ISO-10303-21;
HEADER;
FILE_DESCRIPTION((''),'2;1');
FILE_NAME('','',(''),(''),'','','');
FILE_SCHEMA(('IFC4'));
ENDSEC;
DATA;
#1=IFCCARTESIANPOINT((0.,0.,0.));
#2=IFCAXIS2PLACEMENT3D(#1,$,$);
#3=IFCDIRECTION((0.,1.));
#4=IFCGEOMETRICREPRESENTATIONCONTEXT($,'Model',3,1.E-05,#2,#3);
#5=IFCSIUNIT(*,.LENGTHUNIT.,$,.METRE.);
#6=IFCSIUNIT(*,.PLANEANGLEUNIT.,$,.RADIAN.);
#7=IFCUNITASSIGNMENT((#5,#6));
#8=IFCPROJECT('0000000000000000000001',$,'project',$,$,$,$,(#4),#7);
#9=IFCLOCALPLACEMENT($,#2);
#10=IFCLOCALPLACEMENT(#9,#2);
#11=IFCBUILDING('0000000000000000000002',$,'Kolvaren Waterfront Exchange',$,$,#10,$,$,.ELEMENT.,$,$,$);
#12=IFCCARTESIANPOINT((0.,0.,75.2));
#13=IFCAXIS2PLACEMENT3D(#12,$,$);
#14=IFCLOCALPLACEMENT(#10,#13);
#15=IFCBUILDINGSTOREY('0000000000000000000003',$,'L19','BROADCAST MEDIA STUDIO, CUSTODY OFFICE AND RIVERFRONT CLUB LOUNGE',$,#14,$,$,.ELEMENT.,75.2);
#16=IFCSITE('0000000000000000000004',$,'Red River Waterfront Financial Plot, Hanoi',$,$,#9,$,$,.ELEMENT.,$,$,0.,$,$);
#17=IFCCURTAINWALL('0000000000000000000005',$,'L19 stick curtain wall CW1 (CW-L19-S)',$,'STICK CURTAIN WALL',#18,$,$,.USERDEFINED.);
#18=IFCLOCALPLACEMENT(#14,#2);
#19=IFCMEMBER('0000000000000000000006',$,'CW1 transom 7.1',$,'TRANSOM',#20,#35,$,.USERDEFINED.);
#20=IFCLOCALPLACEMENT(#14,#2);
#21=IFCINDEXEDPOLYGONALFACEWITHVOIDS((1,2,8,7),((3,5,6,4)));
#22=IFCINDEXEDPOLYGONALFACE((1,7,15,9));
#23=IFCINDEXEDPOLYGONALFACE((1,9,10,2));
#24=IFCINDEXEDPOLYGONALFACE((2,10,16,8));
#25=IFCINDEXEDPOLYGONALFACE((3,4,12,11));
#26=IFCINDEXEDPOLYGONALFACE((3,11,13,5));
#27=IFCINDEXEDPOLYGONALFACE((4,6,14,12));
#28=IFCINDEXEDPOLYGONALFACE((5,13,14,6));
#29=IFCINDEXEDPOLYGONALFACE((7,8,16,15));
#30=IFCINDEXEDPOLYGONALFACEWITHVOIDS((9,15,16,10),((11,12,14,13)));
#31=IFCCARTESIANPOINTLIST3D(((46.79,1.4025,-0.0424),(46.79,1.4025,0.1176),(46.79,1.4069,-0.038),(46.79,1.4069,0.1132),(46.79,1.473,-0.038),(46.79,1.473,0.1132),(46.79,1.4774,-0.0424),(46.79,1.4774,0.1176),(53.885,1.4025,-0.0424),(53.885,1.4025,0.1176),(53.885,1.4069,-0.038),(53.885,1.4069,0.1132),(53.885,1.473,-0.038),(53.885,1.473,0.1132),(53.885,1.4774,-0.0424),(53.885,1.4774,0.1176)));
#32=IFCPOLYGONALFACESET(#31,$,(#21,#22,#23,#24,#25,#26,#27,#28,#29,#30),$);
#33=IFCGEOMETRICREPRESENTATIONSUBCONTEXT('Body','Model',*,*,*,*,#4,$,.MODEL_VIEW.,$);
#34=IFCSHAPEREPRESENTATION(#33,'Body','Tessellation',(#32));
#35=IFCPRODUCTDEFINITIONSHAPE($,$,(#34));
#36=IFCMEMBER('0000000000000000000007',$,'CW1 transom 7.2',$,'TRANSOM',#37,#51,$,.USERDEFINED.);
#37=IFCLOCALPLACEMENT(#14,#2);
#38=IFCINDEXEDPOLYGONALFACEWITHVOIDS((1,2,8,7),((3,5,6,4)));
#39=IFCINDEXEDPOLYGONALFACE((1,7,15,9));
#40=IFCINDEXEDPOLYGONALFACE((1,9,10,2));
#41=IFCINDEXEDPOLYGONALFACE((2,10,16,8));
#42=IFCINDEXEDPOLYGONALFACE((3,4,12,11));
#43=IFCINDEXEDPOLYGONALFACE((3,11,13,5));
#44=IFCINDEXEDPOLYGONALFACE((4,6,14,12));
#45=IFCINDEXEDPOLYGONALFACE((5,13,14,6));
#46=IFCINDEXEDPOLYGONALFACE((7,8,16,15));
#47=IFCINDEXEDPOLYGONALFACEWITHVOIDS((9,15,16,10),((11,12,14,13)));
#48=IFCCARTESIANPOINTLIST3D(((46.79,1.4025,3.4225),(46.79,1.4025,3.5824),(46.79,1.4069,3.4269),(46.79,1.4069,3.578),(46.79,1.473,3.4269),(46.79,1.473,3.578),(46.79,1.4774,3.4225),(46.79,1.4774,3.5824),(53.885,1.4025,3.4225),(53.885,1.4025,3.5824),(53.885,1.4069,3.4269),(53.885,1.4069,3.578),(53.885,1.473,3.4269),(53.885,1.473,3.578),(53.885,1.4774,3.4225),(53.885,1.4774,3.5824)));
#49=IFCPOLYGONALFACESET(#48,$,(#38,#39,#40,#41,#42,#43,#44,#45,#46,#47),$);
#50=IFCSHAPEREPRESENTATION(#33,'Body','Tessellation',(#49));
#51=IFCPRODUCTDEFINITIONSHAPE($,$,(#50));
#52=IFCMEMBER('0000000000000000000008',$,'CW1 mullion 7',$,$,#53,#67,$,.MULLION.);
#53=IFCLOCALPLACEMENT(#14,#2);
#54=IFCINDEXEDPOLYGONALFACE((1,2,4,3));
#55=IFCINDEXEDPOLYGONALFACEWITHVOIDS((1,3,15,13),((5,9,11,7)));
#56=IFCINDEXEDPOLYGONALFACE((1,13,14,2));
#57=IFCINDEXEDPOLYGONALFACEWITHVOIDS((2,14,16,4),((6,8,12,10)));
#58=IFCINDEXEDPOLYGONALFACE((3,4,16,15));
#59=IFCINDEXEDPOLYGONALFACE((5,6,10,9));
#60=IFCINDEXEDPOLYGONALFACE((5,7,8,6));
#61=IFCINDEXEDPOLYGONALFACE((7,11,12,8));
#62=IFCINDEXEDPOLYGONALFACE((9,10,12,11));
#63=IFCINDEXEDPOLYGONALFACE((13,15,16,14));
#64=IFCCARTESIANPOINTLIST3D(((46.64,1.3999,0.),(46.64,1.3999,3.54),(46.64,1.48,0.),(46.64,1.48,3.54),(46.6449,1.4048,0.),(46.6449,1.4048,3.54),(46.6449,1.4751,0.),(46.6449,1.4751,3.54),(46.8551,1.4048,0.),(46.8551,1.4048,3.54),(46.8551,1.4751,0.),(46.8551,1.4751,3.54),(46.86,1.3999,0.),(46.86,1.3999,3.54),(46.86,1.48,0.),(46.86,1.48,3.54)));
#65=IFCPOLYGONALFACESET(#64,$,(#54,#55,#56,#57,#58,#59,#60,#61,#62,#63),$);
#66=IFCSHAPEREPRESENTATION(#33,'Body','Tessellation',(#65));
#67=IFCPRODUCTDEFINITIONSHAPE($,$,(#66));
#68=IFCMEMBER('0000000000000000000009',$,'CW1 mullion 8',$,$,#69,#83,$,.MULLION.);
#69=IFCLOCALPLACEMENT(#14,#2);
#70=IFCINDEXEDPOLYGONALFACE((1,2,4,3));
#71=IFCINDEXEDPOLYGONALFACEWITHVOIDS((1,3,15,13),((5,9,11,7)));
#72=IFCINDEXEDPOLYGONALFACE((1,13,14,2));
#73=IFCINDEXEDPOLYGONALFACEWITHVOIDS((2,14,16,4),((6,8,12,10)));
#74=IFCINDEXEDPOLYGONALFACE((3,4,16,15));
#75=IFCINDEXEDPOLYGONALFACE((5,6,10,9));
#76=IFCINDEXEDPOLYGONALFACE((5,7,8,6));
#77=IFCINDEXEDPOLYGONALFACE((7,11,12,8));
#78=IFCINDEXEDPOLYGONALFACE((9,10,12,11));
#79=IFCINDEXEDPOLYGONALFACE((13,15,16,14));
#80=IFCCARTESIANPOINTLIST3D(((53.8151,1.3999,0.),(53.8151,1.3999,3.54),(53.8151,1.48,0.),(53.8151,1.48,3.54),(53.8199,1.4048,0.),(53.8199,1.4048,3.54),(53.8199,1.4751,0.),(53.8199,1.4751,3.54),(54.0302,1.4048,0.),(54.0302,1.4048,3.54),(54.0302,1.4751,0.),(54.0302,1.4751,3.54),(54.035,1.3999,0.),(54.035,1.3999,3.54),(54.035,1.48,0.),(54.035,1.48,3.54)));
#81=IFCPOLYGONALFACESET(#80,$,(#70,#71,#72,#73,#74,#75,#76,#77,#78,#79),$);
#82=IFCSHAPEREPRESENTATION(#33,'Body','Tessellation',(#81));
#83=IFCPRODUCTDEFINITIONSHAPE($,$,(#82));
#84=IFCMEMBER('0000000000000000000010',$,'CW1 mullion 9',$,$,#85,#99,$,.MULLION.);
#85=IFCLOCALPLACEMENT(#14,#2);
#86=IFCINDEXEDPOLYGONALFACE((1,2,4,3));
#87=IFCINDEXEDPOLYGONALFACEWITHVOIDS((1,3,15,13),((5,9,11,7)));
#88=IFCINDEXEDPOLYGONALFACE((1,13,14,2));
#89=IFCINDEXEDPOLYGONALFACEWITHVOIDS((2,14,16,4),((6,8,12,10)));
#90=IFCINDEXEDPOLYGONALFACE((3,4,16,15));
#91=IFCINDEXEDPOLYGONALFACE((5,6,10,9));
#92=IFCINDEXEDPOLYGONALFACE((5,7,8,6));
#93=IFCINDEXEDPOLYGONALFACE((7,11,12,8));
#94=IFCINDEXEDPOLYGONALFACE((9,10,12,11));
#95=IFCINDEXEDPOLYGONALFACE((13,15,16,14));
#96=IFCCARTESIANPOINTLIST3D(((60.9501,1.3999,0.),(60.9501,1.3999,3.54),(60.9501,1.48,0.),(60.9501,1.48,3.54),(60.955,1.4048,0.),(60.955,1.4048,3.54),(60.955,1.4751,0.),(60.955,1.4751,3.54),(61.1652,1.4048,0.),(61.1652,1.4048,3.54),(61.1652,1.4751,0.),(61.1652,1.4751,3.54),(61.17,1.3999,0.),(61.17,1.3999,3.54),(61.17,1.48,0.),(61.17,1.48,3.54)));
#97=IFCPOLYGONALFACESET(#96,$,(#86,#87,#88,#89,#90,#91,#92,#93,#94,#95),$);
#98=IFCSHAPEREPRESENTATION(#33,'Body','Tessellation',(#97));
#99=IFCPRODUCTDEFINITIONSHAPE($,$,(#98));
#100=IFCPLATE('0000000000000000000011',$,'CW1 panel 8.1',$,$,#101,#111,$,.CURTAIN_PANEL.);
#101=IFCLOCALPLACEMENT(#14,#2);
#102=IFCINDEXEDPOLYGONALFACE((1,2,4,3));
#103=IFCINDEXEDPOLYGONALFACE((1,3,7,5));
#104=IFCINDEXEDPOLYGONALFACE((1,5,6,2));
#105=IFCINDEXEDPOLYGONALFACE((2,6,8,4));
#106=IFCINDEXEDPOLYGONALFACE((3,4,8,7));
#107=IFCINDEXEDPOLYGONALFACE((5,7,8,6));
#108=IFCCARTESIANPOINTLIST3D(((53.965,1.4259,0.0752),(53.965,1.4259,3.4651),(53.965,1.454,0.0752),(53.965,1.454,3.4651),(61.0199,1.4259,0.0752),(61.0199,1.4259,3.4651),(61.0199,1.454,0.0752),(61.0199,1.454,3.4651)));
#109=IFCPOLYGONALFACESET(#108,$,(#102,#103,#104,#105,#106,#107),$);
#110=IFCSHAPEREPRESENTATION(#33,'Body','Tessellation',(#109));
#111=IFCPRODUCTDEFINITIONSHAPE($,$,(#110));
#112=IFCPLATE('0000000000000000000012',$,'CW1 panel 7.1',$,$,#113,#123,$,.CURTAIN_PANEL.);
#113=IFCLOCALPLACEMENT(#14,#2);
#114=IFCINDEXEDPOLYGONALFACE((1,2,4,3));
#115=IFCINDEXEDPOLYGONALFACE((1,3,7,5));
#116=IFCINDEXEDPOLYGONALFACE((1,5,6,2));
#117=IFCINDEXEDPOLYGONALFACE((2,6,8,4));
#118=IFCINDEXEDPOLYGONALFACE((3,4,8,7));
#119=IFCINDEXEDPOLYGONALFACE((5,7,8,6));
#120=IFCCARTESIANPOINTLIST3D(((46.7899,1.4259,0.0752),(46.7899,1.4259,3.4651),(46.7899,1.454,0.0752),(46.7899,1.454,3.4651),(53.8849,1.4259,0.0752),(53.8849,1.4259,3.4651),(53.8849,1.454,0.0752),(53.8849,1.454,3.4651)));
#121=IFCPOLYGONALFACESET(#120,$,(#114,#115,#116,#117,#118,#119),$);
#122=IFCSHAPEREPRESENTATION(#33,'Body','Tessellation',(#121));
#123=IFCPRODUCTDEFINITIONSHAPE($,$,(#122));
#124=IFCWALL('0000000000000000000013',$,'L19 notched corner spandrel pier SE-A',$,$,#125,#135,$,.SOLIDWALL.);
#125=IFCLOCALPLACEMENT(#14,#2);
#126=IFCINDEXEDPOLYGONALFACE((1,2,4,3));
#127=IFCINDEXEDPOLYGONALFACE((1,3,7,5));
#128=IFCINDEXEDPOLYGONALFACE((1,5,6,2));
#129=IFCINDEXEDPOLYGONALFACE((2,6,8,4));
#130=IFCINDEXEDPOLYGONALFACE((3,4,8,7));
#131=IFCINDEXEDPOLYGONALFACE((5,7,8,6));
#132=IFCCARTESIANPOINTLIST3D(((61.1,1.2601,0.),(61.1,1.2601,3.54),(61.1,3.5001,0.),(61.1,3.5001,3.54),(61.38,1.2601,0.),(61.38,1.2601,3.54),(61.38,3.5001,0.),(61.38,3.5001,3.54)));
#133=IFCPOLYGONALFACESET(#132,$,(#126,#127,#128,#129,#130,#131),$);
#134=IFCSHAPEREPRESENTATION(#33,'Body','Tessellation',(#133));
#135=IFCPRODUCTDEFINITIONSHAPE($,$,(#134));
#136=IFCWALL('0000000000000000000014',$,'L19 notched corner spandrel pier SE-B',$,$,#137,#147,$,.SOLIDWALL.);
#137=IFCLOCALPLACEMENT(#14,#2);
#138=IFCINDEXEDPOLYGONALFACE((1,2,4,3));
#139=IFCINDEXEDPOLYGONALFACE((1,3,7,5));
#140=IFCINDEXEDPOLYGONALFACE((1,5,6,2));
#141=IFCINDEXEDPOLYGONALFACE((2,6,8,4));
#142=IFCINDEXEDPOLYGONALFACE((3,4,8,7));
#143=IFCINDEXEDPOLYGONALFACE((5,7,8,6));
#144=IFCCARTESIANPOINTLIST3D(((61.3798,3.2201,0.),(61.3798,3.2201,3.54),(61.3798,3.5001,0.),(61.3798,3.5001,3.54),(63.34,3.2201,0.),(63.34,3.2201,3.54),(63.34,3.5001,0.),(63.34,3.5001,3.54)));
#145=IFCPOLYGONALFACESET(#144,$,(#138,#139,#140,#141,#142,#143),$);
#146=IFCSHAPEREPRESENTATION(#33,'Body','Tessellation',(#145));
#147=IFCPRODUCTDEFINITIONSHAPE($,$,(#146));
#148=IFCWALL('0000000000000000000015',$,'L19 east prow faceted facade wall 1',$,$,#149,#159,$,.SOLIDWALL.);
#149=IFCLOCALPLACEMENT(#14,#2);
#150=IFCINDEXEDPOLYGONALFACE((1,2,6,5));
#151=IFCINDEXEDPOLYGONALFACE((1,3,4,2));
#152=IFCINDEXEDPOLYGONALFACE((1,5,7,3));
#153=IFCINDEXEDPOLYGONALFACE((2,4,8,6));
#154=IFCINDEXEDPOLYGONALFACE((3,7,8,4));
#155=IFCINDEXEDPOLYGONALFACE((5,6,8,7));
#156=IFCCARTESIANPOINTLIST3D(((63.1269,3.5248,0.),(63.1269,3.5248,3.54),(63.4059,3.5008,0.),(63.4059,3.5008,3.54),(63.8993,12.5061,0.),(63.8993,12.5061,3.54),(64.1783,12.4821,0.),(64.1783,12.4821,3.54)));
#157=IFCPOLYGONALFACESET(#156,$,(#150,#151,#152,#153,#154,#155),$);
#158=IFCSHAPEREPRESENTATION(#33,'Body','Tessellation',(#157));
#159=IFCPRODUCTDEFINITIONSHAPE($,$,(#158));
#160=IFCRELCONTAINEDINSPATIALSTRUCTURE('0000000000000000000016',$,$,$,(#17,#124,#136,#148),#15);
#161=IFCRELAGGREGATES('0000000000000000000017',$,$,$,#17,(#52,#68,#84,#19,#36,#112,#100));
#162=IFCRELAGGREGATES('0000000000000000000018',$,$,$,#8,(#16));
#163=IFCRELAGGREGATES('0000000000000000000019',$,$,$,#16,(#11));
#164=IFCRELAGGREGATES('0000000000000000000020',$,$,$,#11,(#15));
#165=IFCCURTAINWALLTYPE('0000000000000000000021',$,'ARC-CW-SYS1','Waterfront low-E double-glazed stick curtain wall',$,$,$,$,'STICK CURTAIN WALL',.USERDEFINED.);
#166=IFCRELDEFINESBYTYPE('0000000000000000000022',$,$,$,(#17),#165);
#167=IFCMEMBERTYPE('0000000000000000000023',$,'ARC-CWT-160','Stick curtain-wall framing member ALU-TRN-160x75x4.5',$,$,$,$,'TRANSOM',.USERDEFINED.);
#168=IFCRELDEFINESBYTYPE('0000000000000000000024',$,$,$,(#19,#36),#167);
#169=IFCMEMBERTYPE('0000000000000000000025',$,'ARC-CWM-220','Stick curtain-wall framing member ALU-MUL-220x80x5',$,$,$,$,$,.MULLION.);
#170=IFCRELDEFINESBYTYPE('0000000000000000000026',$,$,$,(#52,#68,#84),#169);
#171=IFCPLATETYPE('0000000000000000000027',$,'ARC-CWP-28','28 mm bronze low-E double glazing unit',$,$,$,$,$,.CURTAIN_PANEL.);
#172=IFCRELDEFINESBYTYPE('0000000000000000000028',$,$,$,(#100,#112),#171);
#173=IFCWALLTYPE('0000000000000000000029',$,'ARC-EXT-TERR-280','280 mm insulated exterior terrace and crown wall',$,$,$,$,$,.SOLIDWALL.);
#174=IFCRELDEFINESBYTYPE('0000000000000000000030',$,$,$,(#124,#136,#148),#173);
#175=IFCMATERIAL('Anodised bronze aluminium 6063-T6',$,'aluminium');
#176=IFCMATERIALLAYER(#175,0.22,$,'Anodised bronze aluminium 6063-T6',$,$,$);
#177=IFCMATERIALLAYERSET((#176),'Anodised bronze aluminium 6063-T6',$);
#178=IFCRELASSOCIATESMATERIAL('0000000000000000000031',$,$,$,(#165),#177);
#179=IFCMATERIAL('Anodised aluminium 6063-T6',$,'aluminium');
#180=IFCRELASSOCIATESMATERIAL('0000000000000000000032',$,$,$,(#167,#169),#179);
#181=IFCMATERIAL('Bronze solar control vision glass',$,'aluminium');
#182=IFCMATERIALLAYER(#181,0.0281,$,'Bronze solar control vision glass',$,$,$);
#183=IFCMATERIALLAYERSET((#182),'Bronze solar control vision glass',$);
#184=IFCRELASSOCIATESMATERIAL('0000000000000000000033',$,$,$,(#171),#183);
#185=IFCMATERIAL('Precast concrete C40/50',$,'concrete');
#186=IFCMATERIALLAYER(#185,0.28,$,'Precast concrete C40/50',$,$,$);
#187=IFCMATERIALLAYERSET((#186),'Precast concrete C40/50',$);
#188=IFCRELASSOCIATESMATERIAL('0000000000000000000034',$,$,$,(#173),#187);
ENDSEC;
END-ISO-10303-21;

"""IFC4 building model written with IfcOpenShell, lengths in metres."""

from ifc_helpers import new_model, si_unit, direction, frame, frame_2d, origin, origin_with_axes, origin_2d, place, context, subcontext, project, spatial, rectangle, hollow_rectangle, extrude, source, transform, mapped, material, layer, layer_set, material_profile, profile_set, type_object, element, aggregate, save


model = new_model("IFC4")

# Units and contexts
model_context = context("Model", 3, precision=1e-05, world=origin(), true_north=direction((0.0, 1.0)))
body_context = subcontext(model_context, "Body", "Model", "MODEL_VIEW")
ifc_project = project(units=[si_unit("LENGTHUNIT", "METRE"), si_unit("PLANEANGLEUNIT", "RADIAN")], contexts=[model_context])

# Site, building, storey
site_placement = place(None, origin())
site = spatial("IfcSite", under=ifc_project, at=site_placement, Name="Red River Waterfront Financial Plot, Hanoi", CompositionType="ELEMENT", RefElevation=0.0)
building_placement = place(site_placement, origin())
building = spatial("IfcBuilding", under=site, at=building_placement, Name="Kolvaren Waterfront Exchange", CompositionType="ELEMENT")
storey_placement = place(building_placement, frame((0.0, 0.0, 75.2)))
storey = spatial("IfcBuildingStorey", under=building, at=storey_placement, Name="L19", Description="BROADCAST MEDIA STUDIO, CUSTODY OFFICE AND RIVERFRONT CLUB LOUNGE", CompositionType="ELEMENT", Elevation=75.2)

# Curtain wall, members, plates
ifc_material_1 = material(Name="Anodised bronze aluminium 6063-T6", Category="aluminium")
ifc_layer_1 = layer(ifc_material_1, 0.22, Name="Anodised bronze aluminium 6063-T6")
ifc_layer_set_1 = layer_set([ifc_layer_1], Name="Anodised bronze aluminium 6063-T6")
curtain_wall_type = type_object("IfcCurtainWallType", Name="ARC-CW-SYS1", Description="Waterfront low-E double-glazed stick curtain wall", ElementType="STICK CURTAIN WALL", PredefinedType="USERDEFINED", material=ifc_layer_set_1)
curtain_wall_placement = place(storey_placement, origin())
curtain_wall = element("IfcCurtainWall", 1, at=curtain_wall_placement, inside=storey, type_object=curtain_wall_type, Name="L19 stick curtain wall CW1 (CW-L19-S)", ObjectType="STICK CURTAIN WALL", PredefinedType="USERDEFINED")
ifc_material_2 = material(Name="Anodised aluminium 6063-T6", Category="aluminium")
ifc_material_profile_1 = material_profile(ifc_material_2, hollow_rectangle(XDim=0.075, YDim=0.1599, WallThickness=0.0044, at=origin_2d()), Name="ALU-TRN-160x75x4.5")
ifc_profile_set_1 = profile_set([ifc_material_profile_1], Name="Anodised aluminium 6063-T6")
member_type_1 = type_object("IfcMemberType", Name="ARC-CWT-160", Description="Stick curtain-wall framing member ALU-TRN-160x75x4.5", ElementType="TRANSOM", PredefinedType="USERDEFINED", material=ifc_profile_set_1)
shared_shape_1 = source(origin_with_axes(), body_context, "Body", "SweptSolid", [
    extrude(hollow_rectangle(XDim=0.075, YDim=0.1599, WallThickness=0.0044, at=origin_2d()), origin(), (0.0, 0.0, 1.0), 7.095),
])
member_1_placement = place(storey_placement, frame((46.79, 1.4399, 0.0376), z_axis=(1.0, 0.0, 0.0), x_axis=(0.0, 1.0, 0.0)))
member_1 = element("IfcMember", 2, at=member_1_placement, type_object=member_type_1, Name="CW1 transom 7.1", ObjectType="TRANSOM", PredefinedType="USERDEFINED", context=body_context, shape_type="MappedRepresentation", body=[
    mapped(shared_shape_1, transform((0.0, 0.0, 0.0), x_axis=(1.0, 0.0, 0.0), y_axis=(0.0, 1.0, 0.0), z_axis=(0.0, 0.0, 1.0), scale=1.0)),
])
member_2_placement = place(storey_placement, frame((46.79, 1.4399, 3.5024), z_axis=(1.0, 0.0, 0.0), x_axis=(0.0, 1.0, 0.0)))
member_2 = element("IfcMember", 3, at=member_2_placement, type_object=member_type_1, Name="CW1 transom 7.2", ObjectType="TRANSOM", PredefinedType="USERDEFINED", context=body_context, shape_type="MappedRepresentation", body=[
    mapped(shared_shape_1, transform((0.0, 0.0, 0.0), x_axis=(1.0, 0.0, 0.0), y_axis=(0.0, 1.0, 0.0), z_axis=(0.0, 0.0, 1.0), scale=1.0)),
])
ifc_material_profile_2 = material_profile(ifc_material_2, hollow_rectangle(XDim=0.0801, YDim=0.22, WallThickness=0.0049, at=origin_2d()), Name="ALU-MUL-220x80x5")
ifc_profile_set_2 = profile_set([ifc_material_profile_2], Name="Anodised aluminium 6063-T6")
member_type_2 = type_object("IfcMemberType", Name="ARC-CWM-220", Description="Stick curtain-wall framing member ALU-MUL-220x80x5", PredefinedType="MULLION", material=ifc_profile_set_2)
shared_shape_2 = source(origin_with_axes(), body_context, "Body", "SweptSolid", [
    extrude(hollow_rectangle(XDim=0.0801, YDim=0.22, WallThickness=0.0049, at=origin_2d()), origin(), (0.0, 0.0, 1.0), 3.54),
])
member_3_placement = place(storey_placement, frame((46.75, 1.4399, 0.0), z_axis=(0.0, 0.0, 1.0), x_axis=(0.0, 1.0, 0.0)))
member_3 = element("IfcMember", 4, at=member_3_placement, type_object=member_type_2, Name="CW1 mullion 7", PredefinedType="MULLION", context=body_context, shape_type="MappedRepresentation", body=[
    mapped(shared_shape_2, transform((0.0, 0.0, 0.0), x_axis=(1.0, 0.0, 0.0), y_axis=(0.0, 1.0, 0.0), z_axis=(0.0, 0.0, 1.0), scale=1.0)),
])
member_4_placement = place(storey_placement, frame((53.925, 1.4399, 0.0), z_axis=(0.0, 0.0, 1.0), x_axis=(0.0, 1.0, 0.0)))
member_4 = element("IfcMember", 5, at=member_4_placement, type_object=member_type_2, Name="CW1 mullion 8", PredefinedType="MULLION", context=body_context, shape_type="MappedRepresentation", body=[
    mapped(shared_shape_2, transform((0.0, 0.0, 0.0), x_axis=(1.0, 0.0, 0.0), y_axis=(0.0, 1.0, 0.0), z_axis=(0.0, 0.0, 1.0), scale=1.0)),
])
member_5_placement = place(storey_placement, frame((61.0601, 1.4399, 0.0), z_axis=(0.0, 0.0, 1.0), x_axis=(0.0, 1.0, 0.0)))
member_5 = element("IfcMember", 6, at=member_5_placement, type_object=member_type_2, Name="CW1 mullion 9", PredefinedType="MULLION", context=body_context, shape_type="MappedRepresentation", body=[
    mapped(shared_shape_2, transform((0.0, 0.0, 0.0), x_axis=(1.0, 0.0, 0.0), y_axis=(0.0, 1.0, 0.0), z_axis=(0.0, 0.0, 1.0), scale=1.0)),
])
ifc_material_3 = material(Name="Bronze solar control vision glass", Category="aluminium")
ifc_layer_2 = layer(ifc_material_3, 0.0281, Name="Bronze solar control vision glass")
ifc_layer_set_2 = layer_set([ifc_layer_2], Name="Bronze solar control vision glass")
plate_type = type_object("IfcPlateType", Name="ARC-CWP-28", Description="28 mm bronze low-E double glazing unit", PredefinedType="CURTAIN_PANEL", material=ifc_layer_set_2)
shared_shape_3 = source(origin_with_axes(), body_context, "Body", "SweptSolid", [
    extrude(rectangle(XDim=7.0549, YDim=0.0281, at=origin_2d()), origin(), (0.0, 0.0, 1.0), 3.3899),
])
plate_1_placement = place(storey_placement, frame((57.4924, 1.4399, 0.0752), z_axis=(0.0, 0.0, 1.0), x_axis=(1.0, 0.0, 0.0)))
plate_1 = element("IfcPlate", 7, at=plate_1_placement, type_object=plate_type, Name="CW1 panel 8.1", PredefinedType="CURTAIN_PANEL", context=body_context, shape_type="MappedRepresentation", body=[
    mapped(shared_shape_3, transform((0.0, 0.0, 0.0), x_axis=(1.0, 0.0, 0.0), y_axis=(0.0, 1.0, 0.0), z_axis=(0.0, 0.0, 1.0), scale=1.0)),
])
shared_shape_4 = source(origin_with_axes(), body_context, "Body", "SweptSolid", [
    extrude(rectangle(XDim=7.095, YDim=0.0281, at=origin_2d()), origin(), (0.0, 0.0, 1.0), 3.3899),
])
plate_2_placement = place(storey_placement, frame((50.3374, 1.4399, 0.0752), z_axis=(0.0, 0.0, 1.0), x_axis=(1.0, 0.0, 0.0)))
plate_2 = element("IfcPlate", 8, at=plate_2_placement, type_object=plate_type, Name="CW1 panel 7.1", PredefinedType="CURTAIN_PANEL", context=body_context, shape_type="MappedRepresentation", body=[
    mapped(shared_shape_4, transform((0.0, 0.0, 0.0), x_axis=(1.0, 0.0, 0.0), y_axis=(0.0, 1.0, 0.0), z_axis=(0.0, 0.0, 1.0), scale=1.0)),
])
aggregate(curtain_wall, [member_3, member_4, member_5, member_1, member_2, plate_2, plate_1])

# Walls
ifc_material_4 = material(Name="Precast concrete C40/50", Category="concrete")
ifc_layer_3 = layer(ifc_material_4, 0.28, Name="Precast concrete C40/50")
ifc_layer_set_3 = layer_set([ifc_layer_3], Name="Precast concrete C40/50")
wall_type_1 = type_object("IfcWallType", Name="ARC-EXT-TERR-280", Description="280 mm insulated exterior terrace and crown wall", PredefinedType="SOLIDWALL", material=ifc_layer_set_3)
wall_1_placement = place(storey_placement, frame((61.24, 1.26, 0.0), z_axis=(0.0, 0.0, 1.0), x_axis=(0.0, 1.0, 0.0)))
element("IfcWall", 9, at=wall_1_placement, inside=storey, type_object=wall_type_1, Name="L19 notched corner spandrel pier SE-A", PredefinedType="SOLIDWALL", context=body_context, shape_type="SweptSolid", body=[
    extrude(rectangle(XDim=2.24, YDim=0.28, at=frame_2d((1.1201, 0.0))), origin(), (0.0, 0.0, 1.0), 3.54),
])
wall_2_placement = place(storey_placement, frame((61.3799, 3.3601, 0.0), z_axis=(0.0, 0.0, 1.0), x_axis=(1.0, 0.0, 0.0)))
element("IfcWall", 10, at=wall_2_placement, inside=storey, type_object=wall_type_1, Name="L19 notched corner spandrel pier SE-B", PredefinedType="SOLIDWALL", context=body_context, shape_type="SweptSolid", body=[
    extrude(rectangle(XDim=1.9602, YDim=0.28, at=frame_2d((0.98, 0.0))), origin(), (0.0, 0.0, 1.0), 3.54),
])
wall_3_placement = place(storey_placement, frame((63.2664, 3.5127, 0.0), z_axis=(0.0, 0.0, 1.0), x_axis=(0.085692, 0.996322, 0.0)))
element("IfcWall", 11, at=wall_3_placement, inside=storey, type_object=wall_type_1, Name="L19 east prow faceted facade wall 1", PredefinedType="SOLIDWALL", context=body_context, shape_type="SweptSolid", body=[
    extrude(rectangle(XDim=9.0144, YDim=0.28, at=frame_2d((4.5073, 0.0))), origin(), (0.0, 0.0, 1.0), 3.54),
])

save(model, "model.ifc")
